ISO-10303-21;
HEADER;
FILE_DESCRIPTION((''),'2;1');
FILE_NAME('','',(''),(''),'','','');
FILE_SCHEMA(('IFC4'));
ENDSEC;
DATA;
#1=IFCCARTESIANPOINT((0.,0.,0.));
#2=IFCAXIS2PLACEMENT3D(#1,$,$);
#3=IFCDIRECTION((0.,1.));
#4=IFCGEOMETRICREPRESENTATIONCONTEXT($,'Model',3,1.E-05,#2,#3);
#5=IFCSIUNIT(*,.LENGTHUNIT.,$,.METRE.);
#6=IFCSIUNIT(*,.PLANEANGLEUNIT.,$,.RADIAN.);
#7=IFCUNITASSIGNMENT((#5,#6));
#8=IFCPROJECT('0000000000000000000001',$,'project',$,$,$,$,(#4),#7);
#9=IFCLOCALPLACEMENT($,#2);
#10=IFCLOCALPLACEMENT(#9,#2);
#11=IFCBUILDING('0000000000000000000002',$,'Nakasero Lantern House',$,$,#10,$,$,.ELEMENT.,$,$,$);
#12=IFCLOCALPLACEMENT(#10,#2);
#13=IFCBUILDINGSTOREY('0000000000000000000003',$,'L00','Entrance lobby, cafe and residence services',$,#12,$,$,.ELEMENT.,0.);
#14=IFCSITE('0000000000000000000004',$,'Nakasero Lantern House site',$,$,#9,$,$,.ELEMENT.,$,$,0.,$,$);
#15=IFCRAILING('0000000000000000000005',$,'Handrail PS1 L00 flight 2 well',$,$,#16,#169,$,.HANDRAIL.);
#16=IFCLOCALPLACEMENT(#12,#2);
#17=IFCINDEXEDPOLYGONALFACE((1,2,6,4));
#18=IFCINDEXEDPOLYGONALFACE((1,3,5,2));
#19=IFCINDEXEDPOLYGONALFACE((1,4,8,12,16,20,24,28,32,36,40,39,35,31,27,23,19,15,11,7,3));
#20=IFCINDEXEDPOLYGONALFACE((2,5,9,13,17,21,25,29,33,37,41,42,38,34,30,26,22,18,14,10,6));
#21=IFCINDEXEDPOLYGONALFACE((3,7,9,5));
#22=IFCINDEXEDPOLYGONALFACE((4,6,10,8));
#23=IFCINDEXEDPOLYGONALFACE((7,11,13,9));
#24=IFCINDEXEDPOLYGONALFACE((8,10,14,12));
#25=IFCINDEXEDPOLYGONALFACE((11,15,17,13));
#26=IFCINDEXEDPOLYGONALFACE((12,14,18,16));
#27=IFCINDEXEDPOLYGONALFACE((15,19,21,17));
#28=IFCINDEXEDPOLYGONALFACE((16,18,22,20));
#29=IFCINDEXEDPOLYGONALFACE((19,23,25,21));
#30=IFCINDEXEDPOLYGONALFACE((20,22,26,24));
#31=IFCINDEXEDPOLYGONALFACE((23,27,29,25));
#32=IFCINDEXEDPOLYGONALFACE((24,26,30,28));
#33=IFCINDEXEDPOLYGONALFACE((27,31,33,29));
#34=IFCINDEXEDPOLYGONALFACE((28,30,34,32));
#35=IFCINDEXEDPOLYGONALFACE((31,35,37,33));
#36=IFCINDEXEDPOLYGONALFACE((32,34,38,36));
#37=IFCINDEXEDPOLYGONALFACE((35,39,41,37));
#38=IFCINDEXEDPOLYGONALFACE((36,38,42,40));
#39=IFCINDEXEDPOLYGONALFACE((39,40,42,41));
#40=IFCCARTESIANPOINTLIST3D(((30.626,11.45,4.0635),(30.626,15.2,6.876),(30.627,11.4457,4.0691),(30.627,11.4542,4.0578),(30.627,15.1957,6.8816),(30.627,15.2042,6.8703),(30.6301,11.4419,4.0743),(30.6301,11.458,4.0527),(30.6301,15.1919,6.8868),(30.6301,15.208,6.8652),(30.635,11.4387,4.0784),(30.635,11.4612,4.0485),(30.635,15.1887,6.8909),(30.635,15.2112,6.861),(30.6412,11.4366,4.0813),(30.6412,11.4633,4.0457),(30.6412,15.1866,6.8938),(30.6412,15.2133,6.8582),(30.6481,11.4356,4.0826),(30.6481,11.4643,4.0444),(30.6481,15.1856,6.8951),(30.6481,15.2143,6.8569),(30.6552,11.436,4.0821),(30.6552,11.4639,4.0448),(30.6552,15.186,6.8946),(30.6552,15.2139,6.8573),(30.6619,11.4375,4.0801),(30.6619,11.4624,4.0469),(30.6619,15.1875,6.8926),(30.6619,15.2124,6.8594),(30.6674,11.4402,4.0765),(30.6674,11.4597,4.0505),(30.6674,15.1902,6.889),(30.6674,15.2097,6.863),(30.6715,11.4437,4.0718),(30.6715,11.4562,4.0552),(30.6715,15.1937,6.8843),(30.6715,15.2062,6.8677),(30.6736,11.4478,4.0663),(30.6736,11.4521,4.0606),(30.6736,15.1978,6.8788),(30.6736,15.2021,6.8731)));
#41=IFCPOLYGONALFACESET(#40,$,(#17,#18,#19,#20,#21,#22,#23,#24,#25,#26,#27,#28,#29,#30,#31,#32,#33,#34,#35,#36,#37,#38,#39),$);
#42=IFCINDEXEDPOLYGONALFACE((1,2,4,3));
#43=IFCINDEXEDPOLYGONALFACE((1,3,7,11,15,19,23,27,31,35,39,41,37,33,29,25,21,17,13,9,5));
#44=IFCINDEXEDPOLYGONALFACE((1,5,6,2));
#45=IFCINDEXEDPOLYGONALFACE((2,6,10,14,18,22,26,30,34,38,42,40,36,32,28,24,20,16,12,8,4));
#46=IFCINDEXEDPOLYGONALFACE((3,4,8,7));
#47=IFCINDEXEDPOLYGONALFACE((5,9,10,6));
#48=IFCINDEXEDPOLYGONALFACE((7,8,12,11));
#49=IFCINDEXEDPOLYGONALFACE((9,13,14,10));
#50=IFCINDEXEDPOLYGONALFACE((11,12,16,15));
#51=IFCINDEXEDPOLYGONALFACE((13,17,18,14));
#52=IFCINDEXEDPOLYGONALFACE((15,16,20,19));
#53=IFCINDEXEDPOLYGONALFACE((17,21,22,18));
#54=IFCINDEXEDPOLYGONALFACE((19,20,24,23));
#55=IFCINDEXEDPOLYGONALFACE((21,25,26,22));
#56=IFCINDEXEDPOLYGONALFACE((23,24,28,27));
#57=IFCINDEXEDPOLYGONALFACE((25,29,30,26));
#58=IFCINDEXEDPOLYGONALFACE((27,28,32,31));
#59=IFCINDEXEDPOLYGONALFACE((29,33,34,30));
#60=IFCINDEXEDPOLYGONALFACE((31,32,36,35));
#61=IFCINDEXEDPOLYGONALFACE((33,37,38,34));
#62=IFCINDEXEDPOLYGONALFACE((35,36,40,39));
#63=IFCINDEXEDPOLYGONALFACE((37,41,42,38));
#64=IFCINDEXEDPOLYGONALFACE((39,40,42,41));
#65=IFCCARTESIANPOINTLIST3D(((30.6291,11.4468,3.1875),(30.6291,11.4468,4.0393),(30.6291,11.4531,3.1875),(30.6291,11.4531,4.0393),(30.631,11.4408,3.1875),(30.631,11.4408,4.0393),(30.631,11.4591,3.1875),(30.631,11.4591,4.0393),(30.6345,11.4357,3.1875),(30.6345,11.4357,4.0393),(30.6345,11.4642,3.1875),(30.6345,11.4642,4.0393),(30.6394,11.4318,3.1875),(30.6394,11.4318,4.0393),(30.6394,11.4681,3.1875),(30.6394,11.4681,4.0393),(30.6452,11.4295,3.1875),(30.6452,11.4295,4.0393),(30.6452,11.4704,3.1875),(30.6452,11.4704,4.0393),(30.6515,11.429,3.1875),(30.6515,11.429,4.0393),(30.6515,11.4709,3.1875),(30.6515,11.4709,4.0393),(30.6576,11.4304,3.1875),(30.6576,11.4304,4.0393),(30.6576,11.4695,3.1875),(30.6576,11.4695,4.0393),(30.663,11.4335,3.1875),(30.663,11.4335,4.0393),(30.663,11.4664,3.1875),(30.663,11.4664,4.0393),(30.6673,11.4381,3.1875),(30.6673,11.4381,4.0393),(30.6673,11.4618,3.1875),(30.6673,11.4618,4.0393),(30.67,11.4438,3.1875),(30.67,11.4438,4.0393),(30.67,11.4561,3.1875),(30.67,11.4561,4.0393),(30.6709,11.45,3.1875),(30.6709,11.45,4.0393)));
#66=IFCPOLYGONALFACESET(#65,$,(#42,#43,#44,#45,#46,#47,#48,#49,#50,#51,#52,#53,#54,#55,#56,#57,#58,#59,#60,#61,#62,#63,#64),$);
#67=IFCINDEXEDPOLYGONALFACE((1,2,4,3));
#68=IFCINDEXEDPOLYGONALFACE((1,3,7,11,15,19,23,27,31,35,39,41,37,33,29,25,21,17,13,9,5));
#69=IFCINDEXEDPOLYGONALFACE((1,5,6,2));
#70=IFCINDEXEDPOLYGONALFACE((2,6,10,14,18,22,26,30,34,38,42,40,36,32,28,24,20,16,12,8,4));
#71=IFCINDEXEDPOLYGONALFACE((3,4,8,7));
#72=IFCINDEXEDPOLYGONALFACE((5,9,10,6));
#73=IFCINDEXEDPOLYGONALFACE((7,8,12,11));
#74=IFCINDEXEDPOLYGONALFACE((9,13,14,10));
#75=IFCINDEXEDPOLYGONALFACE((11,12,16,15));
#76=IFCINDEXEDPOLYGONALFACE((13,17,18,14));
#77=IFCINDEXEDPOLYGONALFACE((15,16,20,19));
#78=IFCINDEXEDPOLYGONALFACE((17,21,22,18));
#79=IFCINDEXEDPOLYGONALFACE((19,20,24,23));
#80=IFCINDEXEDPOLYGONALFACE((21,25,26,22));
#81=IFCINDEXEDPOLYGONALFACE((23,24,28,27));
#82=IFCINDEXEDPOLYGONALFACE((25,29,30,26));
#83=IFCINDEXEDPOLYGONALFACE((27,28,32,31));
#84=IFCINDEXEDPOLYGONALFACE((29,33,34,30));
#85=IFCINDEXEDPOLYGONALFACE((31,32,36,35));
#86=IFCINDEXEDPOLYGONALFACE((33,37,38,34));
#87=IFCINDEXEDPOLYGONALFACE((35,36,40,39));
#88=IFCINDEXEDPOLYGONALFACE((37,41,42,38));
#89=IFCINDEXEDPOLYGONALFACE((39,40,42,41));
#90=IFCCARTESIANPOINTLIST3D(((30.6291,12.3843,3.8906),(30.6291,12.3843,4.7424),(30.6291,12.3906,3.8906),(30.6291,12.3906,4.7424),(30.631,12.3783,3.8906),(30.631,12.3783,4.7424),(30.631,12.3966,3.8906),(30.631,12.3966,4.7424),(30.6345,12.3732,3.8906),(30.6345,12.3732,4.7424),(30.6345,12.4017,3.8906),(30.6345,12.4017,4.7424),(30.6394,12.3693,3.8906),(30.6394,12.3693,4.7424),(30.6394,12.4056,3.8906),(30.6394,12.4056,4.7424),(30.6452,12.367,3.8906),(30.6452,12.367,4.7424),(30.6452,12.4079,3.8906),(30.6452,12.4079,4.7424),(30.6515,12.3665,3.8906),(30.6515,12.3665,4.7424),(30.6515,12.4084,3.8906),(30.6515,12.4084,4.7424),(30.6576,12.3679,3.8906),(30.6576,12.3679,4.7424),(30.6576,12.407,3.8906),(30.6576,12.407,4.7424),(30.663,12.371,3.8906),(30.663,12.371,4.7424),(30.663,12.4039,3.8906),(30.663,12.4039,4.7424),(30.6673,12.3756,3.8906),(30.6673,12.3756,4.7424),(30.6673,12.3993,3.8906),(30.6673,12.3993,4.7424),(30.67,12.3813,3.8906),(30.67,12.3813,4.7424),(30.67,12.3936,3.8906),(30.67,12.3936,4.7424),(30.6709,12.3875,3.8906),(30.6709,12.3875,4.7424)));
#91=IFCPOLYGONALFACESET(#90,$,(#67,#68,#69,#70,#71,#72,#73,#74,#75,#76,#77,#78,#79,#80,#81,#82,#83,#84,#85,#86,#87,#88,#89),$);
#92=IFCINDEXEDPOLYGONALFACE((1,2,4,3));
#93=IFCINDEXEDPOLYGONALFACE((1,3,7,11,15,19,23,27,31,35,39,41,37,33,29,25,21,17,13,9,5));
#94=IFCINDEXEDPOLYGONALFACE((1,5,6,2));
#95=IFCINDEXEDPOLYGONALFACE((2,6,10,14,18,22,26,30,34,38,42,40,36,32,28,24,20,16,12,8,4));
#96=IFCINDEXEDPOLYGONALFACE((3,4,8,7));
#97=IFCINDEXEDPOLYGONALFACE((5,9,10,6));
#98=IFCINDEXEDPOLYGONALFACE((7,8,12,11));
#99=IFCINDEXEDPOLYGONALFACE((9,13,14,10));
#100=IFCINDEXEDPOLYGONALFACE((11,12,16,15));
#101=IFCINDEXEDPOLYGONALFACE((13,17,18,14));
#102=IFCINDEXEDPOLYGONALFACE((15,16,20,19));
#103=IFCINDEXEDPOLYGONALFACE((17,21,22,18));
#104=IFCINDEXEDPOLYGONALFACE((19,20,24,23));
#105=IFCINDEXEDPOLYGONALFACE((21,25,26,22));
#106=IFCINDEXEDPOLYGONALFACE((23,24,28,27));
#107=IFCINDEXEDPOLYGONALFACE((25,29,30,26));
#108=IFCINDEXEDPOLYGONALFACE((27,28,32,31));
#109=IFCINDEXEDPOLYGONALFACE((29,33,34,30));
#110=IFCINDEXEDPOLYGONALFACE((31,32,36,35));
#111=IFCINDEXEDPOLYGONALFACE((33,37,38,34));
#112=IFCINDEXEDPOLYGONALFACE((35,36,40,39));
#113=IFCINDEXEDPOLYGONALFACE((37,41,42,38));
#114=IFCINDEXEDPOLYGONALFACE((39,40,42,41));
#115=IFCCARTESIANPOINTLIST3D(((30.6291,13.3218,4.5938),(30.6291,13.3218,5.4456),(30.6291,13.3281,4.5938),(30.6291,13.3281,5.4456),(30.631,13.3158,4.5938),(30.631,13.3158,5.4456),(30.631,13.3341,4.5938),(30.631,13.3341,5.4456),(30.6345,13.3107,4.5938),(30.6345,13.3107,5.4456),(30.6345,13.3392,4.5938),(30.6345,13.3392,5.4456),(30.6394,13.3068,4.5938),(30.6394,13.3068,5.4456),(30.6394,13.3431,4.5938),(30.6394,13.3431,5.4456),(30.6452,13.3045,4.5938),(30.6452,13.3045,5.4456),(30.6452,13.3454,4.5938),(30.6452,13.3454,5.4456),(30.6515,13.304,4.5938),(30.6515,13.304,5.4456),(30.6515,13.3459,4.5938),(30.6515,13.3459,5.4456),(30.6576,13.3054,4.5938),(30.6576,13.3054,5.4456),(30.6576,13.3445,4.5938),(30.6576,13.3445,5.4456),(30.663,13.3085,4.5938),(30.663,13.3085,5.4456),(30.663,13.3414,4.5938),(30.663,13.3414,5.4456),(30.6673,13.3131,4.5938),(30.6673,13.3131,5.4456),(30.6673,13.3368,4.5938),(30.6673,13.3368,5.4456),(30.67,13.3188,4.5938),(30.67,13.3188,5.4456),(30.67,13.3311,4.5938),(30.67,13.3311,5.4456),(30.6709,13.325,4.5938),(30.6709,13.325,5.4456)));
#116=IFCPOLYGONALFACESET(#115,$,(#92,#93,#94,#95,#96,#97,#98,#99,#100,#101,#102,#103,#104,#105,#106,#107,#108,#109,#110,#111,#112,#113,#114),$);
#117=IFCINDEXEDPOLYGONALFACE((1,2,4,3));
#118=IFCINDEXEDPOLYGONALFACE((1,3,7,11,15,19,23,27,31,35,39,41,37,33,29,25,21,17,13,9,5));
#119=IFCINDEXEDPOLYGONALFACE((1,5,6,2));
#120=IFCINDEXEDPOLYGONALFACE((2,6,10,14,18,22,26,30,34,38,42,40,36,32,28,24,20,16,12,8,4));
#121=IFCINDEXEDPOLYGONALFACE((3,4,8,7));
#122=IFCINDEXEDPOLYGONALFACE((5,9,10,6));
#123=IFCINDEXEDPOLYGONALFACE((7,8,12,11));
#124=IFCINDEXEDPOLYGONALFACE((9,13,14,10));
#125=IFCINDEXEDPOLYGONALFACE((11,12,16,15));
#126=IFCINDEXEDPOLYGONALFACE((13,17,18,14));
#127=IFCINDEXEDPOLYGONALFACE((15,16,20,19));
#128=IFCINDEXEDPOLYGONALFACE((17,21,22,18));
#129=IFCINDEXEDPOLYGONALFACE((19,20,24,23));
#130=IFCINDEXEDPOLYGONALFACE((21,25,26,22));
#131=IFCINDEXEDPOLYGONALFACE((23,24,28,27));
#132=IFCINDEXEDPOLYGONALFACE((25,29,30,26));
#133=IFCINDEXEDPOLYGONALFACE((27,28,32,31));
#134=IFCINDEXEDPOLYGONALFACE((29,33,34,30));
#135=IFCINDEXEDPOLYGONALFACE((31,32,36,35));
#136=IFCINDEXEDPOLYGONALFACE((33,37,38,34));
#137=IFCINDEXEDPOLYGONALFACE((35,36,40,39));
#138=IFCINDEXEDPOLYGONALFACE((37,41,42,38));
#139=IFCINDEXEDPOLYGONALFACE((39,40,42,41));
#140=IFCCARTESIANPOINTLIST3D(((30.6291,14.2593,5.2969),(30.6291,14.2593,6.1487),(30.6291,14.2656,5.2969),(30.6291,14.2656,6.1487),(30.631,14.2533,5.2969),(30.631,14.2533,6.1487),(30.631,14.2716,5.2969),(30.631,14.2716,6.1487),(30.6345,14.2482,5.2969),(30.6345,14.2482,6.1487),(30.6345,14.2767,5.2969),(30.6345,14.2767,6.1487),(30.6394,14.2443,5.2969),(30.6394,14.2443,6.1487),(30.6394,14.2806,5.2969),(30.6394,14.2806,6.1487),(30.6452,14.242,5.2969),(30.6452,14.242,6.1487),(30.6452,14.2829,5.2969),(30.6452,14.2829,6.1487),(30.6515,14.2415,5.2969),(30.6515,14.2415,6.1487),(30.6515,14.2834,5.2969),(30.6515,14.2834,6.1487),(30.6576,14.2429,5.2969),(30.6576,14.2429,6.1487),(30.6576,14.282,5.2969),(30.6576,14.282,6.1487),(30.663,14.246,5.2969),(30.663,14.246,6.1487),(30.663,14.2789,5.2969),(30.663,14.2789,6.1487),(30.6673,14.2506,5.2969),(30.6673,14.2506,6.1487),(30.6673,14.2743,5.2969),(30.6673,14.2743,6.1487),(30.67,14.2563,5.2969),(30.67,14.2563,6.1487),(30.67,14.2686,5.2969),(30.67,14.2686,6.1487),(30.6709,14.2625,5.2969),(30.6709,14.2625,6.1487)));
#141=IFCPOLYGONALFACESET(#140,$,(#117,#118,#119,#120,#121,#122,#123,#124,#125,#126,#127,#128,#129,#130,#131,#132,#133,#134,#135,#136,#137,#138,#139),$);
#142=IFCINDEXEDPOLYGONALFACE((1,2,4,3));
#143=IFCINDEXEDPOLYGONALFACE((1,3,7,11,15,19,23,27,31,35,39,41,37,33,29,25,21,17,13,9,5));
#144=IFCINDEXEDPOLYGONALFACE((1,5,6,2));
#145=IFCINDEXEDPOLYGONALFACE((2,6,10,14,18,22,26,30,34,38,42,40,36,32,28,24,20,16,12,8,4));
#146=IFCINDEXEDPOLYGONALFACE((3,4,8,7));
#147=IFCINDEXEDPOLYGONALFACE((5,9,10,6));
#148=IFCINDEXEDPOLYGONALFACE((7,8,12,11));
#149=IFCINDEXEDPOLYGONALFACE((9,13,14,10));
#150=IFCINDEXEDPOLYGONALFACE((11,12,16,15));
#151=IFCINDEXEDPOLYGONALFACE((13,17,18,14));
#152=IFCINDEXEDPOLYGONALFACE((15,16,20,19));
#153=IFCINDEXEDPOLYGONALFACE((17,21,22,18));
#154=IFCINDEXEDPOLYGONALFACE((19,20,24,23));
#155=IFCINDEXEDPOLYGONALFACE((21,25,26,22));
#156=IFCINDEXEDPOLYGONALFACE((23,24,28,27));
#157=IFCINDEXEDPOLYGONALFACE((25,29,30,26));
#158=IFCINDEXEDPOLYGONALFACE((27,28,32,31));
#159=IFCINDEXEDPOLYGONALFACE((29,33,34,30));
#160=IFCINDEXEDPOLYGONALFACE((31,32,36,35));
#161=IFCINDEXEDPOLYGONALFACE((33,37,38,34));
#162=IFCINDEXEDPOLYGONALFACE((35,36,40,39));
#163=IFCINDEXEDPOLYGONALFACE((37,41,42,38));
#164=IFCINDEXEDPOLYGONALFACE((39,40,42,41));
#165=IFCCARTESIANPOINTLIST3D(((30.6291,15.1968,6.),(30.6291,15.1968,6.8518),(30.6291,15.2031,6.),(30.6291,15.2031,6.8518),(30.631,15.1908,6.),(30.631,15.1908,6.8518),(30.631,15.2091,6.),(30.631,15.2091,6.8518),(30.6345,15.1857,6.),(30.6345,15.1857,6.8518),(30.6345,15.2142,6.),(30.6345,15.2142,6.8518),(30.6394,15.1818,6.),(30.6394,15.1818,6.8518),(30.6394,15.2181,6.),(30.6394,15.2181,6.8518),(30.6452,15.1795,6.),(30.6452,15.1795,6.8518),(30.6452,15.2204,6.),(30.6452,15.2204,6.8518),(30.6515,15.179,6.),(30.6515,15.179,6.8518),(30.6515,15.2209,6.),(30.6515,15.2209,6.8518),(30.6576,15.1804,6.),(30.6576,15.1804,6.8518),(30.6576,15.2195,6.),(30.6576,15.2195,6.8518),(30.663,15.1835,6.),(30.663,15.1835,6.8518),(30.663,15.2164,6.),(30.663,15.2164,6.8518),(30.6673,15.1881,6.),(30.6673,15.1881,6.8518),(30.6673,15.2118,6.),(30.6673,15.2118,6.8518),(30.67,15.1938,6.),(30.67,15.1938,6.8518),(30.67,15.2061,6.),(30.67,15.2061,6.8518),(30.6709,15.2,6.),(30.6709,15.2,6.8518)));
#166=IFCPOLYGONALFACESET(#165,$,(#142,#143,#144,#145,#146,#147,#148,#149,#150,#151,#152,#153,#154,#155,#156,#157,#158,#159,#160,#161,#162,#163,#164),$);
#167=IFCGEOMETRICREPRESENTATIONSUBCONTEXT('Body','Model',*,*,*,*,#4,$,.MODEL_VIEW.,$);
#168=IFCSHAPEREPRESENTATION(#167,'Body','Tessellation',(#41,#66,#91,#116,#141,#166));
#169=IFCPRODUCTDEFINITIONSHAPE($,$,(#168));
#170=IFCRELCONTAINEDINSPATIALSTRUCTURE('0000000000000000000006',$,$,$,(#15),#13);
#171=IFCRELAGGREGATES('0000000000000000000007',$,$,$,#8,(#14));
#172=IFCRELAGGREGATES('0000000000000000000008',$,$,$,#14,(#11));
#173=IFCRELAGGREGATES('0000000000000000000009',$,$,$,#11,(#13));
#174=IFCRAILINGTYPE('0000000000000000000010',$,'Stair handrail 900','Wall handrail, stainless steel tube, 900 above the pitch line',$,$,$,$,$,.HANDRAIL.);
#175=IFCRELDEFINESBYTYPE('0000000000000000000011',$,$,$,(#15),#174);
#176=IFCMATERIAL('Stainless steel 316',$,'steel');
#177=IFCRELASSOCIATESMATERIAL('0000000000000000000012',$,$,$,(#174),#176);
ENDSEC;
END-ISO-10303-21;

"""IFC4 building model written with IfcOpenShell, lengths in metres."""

from ifc_helpers import new_model, si_unit, direction, frame, origin, origin_2d, place, context, subcontext, project, spatial, circle, extrude, material, type_object, element, save


model = new_model("IFC4")

# Units and contexts
model_context = context("Model", 3, precision=1e-05, world=origin(), true_north=direction((0.0, 1.0)))
body_context = subcontext(model_context, "Body", "Model", "MODEL_VIEW")
ifc_project = project(units=[si_unit("LENGTHUNIT", "METRE"), si_unit("PLANEANGLEUNIT", "RADIAN")], contexts=[model_context])

# Site, building, storey
site_placement = place(None, origin())
site = spatial("IfcSite", under=ifc_project, at=site_placement, Name="Nakasero Lantern House site", CompositionType="ELEMENT", RefElevation=0.0)
building_placement = place(site_placement, origin())
building = spatial("IfcBuilding", under=site, at=building_placement, Name="Nakasero Lantern House", CompositionType="ELEMENT")
storey_placement = place(building_placement, origin())
storey = spatial("IfcBuildingStorey", under=building, at=storey_placement, Name="L00", Description="Entrance lobby, cafe and residence services", CompositionType="ELEMENT", Elevation=0.0)

# Railing
ifc_material_1 = material(Name="Stainless steel 316", Category="steel")
railing_type = type_object("IfcRailingType", Name="Stair handrail 900", Description="Wall handrail, stainless steel tube, 900 above the pitch line", PredefinedType="HANDRAIL", material=ifc_material_1)
for number, where, name in (
    (1, (30.6499, 11.45, 3.1875), "Handrail PS1 L00 flight 2 well"),
):
    element("IfcRailing", number, at=place(storey_placement, frame(where)), inside=storey, type_object=railing_type, Name=name, PredefinedType="HANDRAIL", context=body_context, shape_type="SweptSolid", body=[
        extrude(circle(Radius=0.0239, at=origin_2d()), frame((0.0, 0.0, 0.876), z_axis=(0.0, 0.8, 0.6), x_axis=(-1.0, 0.0, 0.0)), (0.0, 0.0, 1.0), 4.6875),
        extrude(circle(Radius=0.021, at=origin_2d()), origin(), (0.0, 0.0, 1.0), 0.8518),
        extrude(circle(Radius=0.021, at=origin_2d()), frame((0.0, 0.9375, 0.7031)), (0.0, 0.0, 1.0), 0.8518),
        extrude(circle(Radius=0.021, at=origin_2d()), frame((0.0, 1.875, 1.4062)), (0.0, 0.0, 1.0), 0.8518),
        extrude(circle(Radius=0.021, at=origin_2d()), frame((0.0, 2.8125, 2.1094)), (0.0, 0.0, 1.0), 0.8518),
        extrude(circle(Radius=0.021, at=origin_2d()), frame((0.0, 3.75, 2.8125)), (0.0, 0.0, 1.0), 0.8518),
    ])

save(model, "model.ifc")
